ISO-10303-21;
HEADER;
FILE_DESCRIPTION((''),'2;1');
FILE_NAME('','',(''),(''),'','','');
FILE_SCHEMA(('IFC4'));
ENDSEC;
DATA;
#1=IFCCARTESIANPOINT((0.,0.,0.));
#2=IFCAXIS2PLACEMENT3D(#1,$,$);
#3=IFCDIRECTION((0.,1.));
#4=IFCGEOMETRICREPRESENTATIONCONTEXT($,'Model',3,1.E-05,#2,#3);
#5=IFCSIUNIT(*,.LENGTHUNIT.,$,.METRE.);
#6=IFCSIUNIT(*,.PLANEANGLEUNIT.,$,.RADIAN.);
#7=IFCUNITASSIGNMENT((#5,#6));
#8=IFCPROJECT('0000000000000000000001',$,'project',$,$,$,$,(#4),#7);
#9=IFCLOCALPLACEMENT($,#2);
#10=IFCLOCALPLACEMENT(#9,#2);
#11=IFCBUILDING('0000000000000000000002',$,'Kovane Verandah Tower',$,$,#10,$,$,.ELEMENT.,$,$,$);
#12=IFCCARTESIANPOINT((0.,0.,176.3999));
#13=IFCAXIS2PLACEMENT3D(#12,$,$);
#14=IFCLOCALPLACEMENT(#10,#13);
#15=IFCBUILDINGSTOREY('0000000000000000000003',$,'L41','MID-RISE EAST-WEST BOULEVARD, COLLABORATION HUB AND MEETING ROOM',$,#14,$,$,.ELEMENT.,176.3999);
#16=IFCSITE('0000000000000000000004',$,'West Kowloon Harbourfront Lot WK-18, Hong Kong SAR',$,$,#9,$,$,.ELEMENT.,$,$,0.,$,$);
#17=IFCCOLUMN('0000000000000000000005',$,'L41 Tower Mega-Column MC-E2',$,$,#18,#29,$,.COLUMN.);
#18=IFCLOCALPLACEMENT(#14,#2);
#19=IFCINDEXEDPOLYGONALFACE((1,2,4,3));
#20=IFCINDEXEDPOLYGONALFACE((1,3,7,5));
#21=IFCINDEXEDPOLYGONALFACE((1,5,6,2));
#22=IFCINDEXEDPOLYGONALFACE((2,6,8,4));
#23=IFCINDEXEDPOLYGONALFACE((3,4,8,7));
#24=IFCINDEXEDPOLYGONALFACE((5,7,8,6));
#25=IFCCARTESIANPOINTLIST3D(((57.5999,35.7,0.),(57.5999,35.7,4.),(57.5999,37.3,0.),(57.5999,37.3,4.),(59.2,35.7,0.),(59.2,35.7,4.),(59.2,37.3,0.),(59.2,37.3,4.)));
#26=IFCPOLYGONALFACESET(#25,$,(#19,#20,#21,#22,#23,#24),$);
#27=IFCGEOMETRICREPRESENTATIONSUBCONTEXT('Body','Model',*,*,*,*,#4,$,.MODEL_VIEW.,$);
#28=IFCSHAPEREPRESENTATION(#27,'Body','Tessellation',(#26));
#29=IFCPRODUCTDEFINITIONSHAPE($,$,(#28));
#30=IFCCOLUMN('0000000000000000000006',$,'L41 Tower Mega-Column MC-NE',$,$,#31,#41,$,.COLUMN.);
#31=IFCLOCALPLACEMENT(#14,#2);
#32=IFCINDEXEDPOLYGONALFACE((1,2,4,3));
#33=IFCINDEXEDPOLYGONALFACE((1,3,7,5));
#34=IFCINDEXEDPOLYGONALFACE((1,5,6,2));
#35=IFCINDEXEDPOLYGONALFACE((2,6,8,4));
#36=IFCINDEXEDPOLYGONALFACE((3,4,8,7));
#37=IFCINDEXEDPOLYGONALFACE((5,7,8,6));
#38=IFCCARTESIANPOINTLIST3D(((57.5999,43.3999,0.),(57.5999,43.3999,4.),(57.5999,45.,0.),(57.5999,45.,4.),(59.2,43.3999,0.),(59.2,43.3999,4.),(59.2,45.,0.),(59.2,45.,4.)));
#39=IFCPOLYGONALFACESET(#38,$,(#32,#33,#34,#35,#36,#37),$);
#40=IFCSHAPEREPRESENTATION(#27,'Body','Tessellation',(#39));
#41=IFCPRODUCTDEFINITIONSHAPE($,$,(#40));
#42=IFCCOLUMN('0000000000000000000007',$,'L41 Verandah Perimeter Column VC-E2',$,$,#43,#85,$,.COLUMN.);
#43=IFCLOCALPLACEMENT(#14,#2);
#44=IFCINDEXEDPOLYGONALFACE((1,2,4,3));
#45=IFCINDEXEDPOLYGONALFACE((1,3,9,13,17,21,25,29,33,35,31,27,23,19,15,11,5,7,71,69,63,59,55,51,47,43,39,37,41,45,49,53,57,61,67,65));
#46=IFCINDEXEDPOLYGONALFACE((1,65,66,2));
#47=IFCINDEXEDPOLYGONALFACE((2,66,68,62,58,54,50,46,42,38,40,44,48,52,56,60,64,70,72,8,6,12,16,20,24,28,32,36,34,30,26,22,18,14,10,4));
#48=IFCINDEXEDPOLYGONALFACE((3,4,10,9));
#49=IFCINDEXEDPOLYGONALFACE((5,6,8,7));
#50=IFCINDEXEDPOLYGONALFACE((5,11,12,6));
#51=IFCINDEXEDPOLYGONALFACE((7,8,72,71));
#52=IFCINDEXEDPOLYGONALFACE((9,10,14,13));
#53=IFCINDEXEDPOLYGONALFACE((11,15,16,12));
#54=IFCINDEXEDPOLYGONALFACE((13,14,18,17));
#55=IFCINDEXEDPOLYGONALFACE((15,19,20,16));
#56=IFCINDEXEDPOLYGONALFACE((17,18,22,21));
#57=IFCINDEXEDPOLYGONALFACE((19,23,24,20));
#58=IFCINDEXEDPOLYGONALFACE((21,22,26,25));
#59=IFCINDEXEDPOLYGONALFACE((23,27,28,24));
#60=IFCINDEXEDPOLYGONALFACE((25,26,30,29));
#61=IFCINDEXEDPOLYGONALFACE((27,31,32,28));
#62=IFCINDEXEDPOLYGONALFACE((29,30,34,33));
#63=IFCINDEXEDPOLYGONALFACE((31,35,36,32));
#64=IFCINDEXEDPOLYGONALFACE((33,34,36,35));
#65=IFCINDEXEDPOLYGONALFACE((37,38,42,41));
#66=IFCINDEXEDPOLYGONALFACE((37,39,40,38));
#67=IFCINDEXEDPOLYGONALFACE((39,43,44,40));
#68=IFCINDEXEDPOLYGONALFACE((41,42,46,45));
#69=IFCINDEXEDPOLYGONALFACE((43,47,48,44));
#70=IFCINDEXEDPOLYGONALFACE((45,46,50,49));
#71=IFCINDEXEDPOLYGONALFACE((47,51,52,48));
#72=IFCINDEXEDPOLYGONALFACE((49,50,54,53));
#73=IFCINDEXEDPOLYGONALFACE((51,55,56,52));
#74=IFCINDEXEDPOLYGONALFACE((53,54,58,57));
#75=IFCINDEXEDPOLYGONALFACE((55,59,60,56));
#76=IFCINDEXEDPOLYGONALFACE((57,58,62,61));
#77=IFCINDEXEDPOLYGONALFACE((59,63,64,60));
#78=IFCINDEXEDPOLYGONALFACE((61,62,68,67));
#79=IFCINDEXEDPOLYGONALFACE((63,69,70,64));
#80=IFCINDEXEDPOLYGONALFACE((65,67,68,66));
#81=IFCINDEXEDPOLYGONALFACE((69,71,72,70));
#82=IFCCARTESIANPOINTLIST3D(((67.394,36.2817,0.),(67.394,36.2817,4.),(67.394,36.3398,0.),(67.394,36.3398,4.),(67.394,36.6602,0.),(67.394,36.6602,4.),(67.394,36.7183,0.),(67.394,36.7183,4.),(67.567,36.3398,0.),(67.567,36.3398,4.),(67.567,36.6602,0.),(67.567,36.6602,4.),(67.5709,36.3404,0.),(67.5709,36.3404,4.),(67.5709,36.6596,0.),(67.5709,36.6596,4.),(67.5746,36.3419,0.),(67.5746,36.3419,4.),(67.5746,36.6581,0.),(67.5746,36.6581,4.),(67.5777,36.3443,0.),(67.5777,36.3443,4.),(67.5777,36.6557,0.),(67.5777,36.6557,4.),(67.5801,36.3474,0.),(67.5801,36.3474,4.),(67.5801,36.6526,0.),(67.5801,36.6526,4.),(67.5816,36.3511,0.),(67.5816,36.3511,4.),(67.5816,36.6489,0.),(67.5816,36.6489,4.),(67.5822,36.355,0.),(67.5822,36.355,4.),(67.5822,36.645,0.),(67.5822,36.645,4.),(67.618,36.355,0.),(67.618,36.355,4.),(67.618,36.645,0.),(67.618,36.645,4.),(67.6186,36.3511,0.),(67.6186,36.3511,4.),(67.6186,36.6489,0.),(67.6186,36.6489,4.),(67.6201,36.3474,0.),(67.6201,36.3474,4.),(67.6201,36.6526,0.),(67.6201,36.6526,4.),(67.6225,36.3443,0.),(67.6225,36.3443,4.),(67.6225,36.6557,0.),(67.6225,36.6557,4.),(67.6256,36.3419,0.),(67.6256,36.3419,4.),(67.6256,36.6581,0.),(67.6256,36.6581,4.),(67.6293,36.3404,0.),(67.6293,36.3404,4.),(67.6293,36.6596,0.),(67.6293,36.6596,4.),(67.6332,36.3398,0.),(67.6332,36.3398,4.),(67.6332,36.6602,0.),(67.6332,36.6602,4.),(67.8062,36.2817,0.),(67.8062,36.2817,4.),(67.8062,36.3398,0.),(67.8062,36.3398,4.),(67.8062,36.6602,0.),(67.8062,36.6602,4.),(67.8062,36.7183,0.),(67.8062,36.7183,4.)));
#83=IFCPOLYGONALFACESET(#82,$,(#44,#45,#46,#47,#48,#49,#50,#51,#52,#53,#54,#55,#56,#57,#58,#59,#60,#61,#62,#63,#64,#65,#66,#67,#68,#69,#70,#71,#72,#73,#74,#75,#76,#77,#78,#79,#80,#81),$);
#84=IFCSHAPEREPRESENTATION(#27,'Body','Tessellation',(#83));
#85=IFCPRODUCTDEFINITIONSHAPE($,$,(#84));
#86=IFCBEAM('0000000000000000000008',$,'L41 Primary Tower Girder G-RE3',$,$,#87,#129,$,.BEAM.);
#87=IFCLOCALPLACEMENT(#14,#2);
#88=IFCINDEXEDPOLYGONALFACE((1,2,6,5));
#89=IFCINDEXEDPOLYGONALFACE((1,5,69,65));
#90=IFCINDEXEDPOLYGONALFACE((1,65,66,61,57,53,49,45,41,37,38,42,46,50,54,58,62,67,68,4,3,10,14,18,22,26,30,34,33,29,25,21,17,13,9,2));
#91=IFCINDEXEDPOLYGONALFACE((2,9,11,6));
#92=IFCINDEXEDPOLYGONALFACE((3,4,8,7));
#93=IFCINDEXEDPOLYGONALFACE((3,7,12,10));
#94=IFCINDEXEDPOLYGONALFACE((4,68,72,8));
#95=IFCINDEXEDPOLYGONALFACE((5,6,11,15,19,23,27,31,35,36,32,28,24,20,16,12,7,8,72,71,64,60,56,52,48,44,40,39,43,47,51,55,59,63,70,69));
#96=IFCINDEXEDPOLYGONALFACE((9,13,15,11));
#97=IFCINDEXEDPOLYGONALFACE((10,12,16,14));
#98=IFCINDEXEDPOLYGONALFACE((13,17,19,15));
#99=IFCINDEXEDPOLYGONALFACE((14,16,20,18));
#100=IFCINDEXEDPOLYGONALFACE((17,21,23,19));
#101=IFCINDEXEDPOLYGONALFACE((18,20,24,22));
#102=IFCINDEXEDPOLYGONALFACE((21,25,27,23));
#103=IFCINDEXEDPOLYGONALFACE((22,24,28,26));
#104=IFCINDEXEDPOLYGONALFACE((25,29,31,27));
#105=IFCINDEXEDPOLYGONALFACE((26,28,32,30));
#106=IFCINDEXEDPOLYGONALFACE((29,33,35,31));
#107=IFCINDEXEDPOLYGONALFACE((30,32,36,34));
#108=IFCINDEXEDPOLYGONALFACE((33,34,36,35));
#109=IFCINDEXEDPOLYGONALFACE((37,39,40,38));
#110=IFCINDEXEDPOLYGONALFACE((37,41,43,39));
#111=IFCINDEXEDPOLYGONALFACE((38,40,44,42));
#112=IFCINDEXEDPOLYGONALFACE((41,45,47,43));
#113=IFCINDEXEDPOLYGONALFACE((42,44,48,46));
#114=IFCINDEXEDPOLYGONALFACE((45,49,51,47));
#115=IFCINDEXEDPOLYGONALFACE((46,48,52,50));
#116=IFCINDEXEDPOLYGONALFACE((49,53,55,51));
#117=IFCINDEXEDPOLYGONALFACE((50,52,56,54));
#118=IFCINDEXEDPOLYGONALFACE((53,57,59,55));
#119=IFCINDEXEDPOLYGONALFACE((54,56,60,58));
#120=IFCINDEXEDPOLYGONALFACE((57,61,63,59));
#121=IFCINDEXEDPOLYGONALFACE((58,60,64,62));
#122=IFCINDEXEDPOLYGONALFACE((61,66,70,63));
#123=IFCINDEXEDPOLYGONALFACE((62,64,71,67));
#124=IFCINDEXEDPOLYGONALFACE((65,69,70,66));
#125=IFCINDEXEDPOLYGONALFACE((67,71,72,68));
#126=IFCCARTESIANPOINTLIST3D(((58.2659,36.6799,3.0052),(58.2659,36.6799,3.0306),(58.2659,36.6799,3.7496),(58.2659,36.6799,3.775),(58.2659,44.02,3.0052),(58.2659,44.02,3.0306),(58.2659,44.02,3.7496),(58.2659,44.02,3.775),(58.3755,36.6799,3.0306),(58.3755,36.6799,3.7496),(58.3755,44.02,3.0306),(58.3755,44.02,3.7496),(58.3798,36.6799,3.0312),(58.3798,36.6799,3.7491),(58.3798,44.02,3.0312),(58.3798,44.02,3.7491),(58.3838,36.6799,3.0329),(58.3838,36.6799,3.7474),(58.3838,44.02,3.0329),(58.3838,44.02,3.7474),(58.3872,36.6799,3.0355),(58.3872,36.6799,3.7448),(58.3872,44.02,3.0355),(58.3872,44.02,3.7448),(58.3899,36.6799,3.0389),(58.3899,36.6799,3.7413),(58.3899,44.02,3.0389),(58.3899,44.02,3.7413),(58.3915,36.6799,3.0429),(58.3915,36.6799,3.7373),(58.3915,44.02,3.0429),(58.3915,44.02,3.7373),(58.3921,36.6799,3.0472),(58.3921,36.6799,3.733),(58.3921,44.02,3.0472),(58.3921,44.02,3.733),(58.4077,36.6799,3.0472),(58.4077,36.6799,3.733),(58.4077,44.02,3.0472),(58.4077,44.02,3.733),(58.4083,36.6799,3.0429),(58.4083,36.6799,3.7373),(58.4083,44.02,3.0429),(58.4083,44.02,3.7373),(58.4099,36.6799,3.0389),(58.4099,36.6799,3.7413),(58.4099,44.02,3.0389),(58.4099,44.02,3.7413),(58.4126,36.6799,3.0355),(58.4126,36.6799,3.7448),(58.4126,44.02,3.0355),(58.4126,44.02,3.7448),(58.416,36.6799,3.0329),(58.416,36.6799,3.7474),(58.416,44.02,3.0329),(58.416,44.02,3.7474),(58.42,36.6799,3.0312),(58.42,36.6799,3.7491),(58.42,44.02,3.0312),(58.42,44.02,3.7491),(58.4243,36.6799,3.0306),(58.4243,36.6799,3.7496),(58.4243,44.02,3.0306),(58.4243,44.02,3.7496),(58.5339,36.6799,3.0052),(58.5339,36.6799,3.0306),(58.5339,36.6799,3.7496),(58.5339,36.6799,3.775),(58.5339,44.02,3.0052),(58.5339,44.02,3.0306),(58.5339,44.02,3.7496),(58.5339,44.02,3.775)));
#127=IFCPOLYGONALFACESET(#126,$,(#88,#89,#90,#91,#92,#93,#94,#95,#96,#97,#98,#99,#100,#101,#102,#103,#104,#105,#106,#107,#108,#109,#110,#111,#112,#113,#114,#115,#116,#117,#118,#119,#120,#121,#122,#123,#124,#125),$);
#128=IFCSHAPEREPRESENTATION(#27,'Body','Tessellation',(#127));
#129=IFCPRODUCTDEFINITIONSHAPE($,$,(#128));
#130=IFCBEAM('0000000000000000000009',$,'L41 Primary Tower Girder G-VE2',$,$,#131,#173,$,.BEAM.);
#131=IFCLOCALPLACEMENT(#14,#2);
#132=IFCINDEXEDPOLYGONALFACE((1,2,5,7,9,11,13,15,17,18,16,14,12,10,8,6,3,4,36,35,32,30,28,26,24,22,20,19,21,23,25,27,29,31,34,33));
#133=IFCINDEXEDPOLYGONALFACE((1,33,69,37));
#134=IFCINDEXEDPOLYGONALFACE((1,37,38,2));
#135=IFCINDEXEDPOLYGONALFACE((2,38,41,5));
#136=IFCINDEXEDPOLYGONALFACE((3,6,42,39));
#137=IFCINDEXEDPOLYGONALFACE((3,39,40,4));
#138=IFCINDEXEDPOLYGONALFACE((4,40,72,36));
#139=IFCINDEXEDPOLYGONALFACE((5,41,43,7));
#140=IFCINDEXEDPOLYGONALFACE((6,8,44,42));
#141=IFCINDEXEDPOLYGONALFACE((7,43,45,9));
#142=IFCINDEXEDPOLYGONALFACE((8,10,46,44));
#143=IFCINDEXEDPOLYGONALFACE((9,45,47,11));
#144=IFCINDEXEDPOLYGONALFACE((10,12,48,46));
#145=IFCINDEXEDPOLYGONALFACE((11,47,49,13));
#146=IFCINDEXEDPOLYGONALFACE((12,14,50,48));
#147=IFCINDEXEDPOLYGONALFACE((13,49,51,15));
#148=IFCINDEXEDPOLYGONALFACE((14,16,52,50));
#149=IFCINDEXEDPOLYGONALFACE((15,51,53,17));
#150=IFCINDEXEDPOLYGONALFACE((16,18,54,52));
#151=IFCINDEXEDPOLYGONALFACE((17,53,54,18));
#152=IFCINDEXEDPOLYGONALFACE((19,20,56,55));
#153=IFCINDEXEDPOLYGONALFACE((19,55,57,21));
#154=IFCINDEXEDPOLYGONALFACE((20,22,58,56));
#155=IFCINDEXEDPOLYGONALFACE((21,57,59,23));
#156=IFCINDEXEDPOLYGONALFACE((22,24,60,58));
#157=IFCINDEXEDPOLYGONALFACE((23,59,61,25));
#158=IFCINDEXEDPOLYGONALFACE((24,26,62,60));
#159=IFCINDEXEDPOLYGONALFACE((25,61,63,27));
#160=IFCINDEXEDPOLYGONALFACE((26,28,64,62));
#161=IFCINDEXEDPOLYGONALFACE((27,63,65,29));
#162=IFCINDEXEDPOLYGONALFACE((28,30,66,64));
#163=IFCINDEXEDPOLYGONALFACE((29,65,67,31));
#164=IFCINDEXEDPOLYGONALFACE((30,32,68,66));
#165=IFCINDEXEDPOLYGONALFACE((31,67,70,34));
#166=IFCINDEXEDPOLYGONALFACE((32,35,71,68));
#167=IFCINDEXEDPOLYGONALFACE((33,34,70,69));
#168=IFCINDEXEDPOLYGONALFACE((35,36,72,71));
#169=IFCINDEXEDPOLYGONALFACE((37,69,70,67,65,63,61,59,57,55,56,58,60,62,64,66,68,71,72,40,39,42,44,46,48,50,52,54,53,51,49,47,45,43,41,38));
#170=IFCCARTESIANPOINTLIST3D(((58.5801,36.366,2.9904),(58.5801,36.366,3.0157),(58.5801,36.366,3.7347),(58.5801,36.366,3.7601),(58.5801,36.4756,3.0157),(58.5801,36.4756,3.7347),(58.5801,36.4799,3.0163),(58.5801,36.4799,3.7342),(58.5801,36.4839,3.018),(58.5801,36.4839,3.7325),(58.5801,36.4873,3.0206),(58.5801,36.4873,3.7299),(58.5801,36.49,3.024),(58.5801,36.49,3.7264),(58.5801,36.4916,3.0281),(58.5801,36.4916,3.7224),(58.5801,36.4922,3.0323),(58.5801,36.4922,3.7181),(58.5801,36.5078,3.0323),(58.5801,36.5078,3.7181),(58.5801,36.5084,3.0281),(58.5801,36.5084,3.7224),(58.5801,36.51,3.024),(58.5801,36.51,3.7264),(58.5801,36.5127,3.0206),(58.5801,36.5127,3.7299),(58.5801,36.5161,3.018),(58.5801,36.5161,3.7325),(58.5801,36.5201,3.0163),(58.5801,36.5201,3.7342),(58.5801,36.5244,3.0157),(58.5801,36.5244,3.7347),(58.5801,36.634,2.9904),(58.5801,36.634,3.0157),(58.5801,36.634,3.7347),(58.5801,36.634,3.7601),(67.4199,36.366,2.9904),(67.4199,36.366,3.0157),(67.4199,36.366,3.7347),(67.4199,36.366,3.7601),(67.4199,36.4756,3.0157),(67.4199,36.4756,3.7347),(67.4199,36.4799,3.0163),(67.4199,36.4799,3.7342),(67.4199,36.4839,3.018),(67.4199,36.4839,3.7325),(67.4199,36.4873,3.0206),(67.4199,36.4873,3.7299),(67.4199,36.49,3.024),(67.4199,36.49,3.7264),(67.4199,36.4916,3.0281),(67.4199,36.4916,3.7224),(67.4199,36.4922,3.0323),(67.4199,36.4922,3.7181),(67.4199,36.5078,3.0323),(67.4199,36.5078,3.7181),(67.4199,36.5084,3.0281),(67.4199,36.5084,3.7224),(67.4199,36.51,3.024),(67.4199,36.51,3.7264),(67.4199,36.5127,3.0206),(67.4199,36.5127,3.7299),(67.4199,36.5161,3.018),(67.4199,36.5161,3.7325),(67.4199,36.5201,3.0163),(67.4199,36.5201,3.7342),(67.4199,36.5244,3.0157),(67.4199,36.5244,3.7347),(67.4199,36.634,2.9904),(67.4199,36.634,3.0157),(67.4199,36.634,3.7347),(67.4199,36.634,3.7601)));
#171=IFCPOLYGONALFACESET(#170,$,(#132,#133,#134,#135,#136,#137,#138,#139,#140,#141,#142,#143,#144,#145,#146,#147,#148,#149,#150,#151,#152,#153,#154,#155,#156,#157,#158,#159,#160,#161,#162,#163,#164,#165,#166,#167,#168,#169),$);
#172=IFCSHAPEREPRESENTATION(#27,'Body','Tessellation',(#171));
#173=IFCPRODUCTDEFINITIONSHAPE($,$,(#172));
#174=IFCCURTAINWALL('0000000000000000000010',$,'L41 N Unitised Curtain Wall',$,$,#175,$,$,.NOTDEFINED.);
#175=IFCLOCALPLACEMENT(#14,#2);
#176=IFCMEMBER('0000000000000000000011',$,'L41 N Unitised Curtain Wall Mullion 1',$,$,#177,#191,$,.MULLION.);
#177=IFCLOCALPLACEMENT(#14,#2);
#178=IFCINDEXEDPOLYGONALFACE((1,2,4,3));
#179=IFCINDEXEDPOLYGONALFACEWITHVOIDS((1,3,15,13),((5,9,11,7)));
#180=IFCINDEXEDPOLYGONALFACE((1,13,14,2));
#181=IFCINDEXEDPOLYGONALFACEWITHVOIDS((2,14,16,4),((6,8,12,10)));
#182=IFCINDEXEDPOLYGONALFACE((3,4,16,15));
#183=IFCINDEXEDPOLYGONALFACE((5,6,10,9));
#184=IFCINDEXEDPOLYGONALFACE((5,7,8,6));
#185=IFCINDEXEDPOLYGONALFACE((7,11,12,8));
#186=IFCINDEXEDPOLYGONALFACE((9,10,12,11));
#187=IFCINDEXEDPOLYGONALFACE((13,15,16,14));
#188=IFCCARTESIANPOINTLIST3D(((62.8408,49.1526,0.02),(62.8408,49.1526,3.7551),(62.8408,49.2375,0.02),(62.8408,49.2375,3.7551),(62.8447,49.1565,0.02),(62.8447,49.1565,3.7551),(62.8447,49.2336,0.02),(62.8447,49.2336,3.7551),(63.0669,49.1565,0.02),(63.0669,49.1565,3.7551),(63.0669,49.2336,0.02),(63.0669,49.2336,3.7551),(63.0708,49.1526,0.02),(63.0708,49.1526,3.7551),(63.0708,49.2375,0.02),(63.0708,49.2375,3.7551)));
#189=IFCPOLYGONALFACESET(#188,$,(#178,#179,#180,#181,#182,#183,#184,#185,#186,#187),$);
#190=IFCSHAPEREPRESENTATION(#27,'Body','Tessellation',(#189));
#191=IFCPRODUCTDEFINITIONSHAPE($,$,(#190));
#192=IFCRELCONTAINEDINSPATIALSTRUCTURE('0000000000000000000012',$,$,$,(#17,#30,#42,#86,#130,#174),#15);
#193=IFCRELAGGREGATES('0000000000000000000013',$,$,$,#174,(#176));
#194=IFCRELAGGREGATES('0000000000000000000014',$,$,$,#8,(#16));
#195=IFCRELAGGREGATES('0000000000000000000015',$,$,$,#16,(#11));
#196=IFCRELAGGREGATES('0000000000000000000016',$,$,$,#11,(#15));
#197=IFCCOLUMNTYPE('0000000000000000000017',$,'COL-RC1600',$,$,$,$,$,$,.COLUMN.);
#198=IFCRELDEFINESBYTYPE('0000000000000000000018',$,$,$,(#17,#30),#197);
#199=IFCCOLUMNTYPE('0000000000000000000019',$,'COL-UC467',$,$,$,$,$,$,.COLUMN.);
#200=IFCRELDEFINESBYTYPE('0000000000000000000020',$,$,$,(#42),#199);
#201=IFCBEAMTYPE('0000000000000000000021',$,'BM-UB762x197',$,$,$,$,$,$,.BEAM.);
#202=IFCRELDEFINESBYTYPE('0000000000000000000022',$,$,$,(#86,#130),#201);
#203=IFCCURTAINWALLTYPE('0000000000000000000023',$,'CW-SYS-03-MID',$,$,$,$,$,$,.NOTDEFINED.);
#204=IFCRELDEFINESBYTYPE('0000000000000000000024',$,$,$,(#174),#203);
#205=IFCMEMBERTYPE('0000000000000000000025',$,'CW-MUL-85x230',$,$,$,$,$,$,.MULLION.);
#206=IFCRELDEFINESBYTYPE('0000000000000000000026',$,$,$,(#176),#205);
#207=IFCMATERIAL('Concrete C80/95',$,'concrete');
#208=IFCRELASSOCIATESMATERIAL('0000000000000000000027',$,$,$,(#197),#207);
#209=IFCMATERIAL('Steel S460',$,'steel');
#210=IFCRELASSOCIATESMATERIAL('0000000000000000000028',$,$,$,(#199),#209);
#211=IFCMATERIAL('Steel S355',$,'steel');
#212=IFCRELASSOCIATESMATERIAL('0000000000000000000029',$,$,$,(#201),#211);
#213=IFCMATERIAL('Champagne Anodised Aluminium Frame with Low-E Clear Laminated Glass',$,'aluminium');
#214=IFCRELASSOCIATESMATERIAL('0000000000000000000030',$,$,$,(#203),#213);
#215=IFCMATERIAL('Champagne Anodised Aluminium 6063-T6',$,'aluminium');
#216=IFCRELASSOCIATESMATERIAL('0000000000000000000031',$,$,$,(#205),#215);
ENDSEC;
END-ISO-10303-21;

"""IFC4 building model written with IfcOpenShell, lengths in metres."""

from ifc_helpers import new_model, si_unit, direction, frame, origin, origin_2d, place, context, subcontext, project, spatial, rectangle, hollow_rectangle, i_section, extrude, material, material_profile, profile_set, type_object, element, aggregate, save


model = new_model("IFC4")

# Units and contexts
model_context = context("Model", 3, precision=1e-05, world=origin(), true_north=direction((0.0, 1.0)))
body_context = subcontext(model_context, "Body", "Model", "MODEL_VIEW")
ifc_project = project(units=[si_unit("LENGTHUNIT", "METRE"), si_unit("PLANEANGLEUNIT", "RADIAN")], contexts=[model_context])

# Site, building, storey
site_placement = place(None, origin())
site = spatial("IfcSite", under=ifc_project, at=site_placement, Name="West Kowloon Harbourfront Lot WK-18, Hong Kong SAR", CompositionType="ELEMENT", RefElevation=0.0)
building_placement = place(site_placement, origin())
building = spatial("IfcBuilding", under=site, at=building_placement, Name="Kovane Verandah Tower", CompositionType="ELEMENT")
storey_placement = place(building_placement, frame((0.0, 0.0, 176.3999)))
storey = spatial("IfcBuildingStorey", under=building, at=storey_placement, Name="L41", Description="MID-RISE EAST-WEST BOULEVARD, COLLABORATION HUB AND MEETING ROOM", CompositionType="ELEMENT", Elevation=176.3999)

# Columns
ifc_material_1 = material(Name="Concrete C80/95", Category="concrete")
ifc_material_profile_1 = material_profile(ifc_material_1, rectangle(XDim=1.6001, YDim=1.6001, at=origin_2d()), Name="RC1600x1600")
ifc_profile_set_1 = profile_set([ifc_material_profile_1], Name="Concrete C80/95")
column_type_1 = type_object("IfcColumnType", Name="COL-RC1600", PredefinedType="COLUMN", material=ifc_profile_set_1)
for number, where, z_axis, x_axis, name in (
    (1, (58.3999, 36.5, 0.0), (0.0, 0.0, 1.0), (1.0, 0.0, 0.0), "L41 Tower Mega-Column MC-E2"),
    (2, (58.3999, 44.2, 0.0), (0.0, 0.0, 1.0), (1.0, 0.0, 0.0), "L41 Tower Mega-Column MC-NE"),
):
    element("IfcColumn", number, at=place(storey_placement, frame(where, z_axis=z_axis, x_axis=x_axis)), inside=storey, type_object=column_type_1, Name=name, PredefinedType="COLUMN", context=body_context, shape_type="SweptSolid", body=[
        extrude(rectangle(XDim=1.6001, YDim=1.6001, at=origin_2d()), origin(), (0.0, 0.0, 1.0), 4.0),
    ])
ifc_material_2 = material(Name="Steel S460", Category="steel")
ifc_material_profile_2 = material_profile(ifc_material_2, i_section(OverallWidth=0.4121, OverallDepth=0.4365, WebThickness=0.0359, FlangeThickness=0.0581, FilletRadius=0.0151, at=origin_2d()), Name="UC356x406x467")
ifc_profile_set_2 = profile_set([ifc_material_profile_2], Name="Steel S460")
column_type_2 = type_object("IfcColumnType", Name="COL-UC467", PredefinedType="COLUMN", material=ifc_profile_set_2)
column_placement = place(storey_placement, frame((67.6001, 36.5, 0.0), z_axis=(0.0, 0.0, 1.0), x_axis=(1.0, 0.0, 0.0)))
element("IfcColumn", 3, at=column_placement, inside=storey, type_object=column_type_2, Name="L41 Verandah Perimeter Column VC-E2", PredefinedType="COLUMN", context=body_context, shape_type="SweptSolid", body=[
    extrude(i_section(OverallWidth=0.4121, OverallDepth=0.4365, WebThickness=0.0359, FlangeThickness=0.0581, FilletRadius=0.0151, at=origin_2d()), origin(), (0.0, 0.0, 1.0), 4.0),
])

# Beams
ifc_material_3 = material(Name="Steel S355", Category="steel")
ifc_material_profile_3 = material_profile(ifc_material_3, i_section(OverallWidth=0.2681, OverallDepth=0.7698, WebThickness=0.0156, FlangeThickness=0.0254, FilletRadius=0.0166, at=origin_2d()), Name="UB762x267x197")
ifc_profile_set_3 = profile_set([ifc_material_profile_3], Name="Steel S355")
beam_type_1 = type_object("IfcBeamType", Name="BM-UB762x197", PredefinedType="BEAM", material=ifc_profile_set_3)
beam_1_placement = place(storey_placement, frame((58.3999, 36.6799, 3.3901), z_axis=(0.0, 1.0, 0.0), x_axis=(-1.0, 0.0, 0.0)))
element("IfcBeam", 4, at=beam_1_placement, inside=storey, type_object=beam_type_1, Name="L41 Primary Tower Girder G-RE3", PredefinedType="BEAM", context=body_context, shape_type="SweptSolid", body=[
    extrude(i_section(OverallWidth=0.2681, OverallDepth=0.7698, WebThickness=0.0156, FlangeThickness=0.0254, FilletRadius=0.0166, at=origin_2d()), origin(), (0.0, 0.0, 1.0), 7.3401),
])
beam_2_placement = place(storey_placement, frame((58.5801, 36.5, 3.3752), z_axis=(1.0, 0.0, 0.0), x_axis=(0.0, 1.0, 0.0)))
element("IfcBeam", 5, at=beam_2_placement, inside=storey, type_object=beam_type_1, Name="L41 Primary Tower Girder G-VE2", PredefinedType="BEAM", context=body_context, shape_type="SweptSolid", body=[
    extrude(i_section(OverallWidth=0.2681, OverallDepth=0.7698, WebThickness=0.0156, FlangeThickness=0.0254, FilletRadius=0.0166, at=origin_2d()), origin(), (0.0, 0.0, 1.0), 8.8398),
])

# Curtain wall, member
ifc_material_4 = material(Name="Champagne Anodised Aluminium Frame with Low-E Clear Laminated Glass", Category="aluminium")
curtain_wall_type = type_object("IfcCurtainWallType", Name="CW-SYS-03-MID", PredefinedType="NOTDEFINED", material=ifc_material_4)
curtain_wall_placement = place(storey_placement, origin())
curtain_wall = element("IfcCurtainWall", 6, at=curtain_wall_placement, inside=storey, type_object=curtain_wall_type, Name="L41 N Unitised Curtain Wall", PredefinedType="NOTDEFINED")
ifc_material_5 = material(Name="Champagne Anodised Aluminium 6063-T6", Category="aluminium")
ifc_material_profile_4 = material_profile(ifc_material_5, hollow_rectangle(XDim=0.085, YDim=0.23, WallThickness=0.0039, at=origin_2d()), Name="AL85x230x4")
ifc_profile_set_4 = profile_set([ifc_material_profile_4], Name="Champagne Anodised Aluminium 6063-T6")
member_type_1 = type_object("IfcMemberType", Name="CW-MUL-85x230", PredefinedType="MULLION", material=ifc_profile_set_4)
member_1_placement = place(storey_placement, frame((62.9558, 49.1951, 0.02), z_axis=(0.0, 0.0, 1.0), x_axis=(0.0, 1.0, 0.0)))
member_1 = element("IfcMember", 7, at=member_1_placement, type_object=member_type_1, Name="L41 N Unitised Curtain Wall Mullion 1", PredefinedType="MULLION", context=body_context, shape_type="SweptSolid", body=[
    extrude(hollow_rectangle(XDim=0.085, YDim=0.23, WallThickness=0.0039, at=origin_2d()), origin(), (0.0, 0.0, 1.0), 3.7351),
])

aggregate(curtain_wall, [member_1])

save(model, "model.ifc")
